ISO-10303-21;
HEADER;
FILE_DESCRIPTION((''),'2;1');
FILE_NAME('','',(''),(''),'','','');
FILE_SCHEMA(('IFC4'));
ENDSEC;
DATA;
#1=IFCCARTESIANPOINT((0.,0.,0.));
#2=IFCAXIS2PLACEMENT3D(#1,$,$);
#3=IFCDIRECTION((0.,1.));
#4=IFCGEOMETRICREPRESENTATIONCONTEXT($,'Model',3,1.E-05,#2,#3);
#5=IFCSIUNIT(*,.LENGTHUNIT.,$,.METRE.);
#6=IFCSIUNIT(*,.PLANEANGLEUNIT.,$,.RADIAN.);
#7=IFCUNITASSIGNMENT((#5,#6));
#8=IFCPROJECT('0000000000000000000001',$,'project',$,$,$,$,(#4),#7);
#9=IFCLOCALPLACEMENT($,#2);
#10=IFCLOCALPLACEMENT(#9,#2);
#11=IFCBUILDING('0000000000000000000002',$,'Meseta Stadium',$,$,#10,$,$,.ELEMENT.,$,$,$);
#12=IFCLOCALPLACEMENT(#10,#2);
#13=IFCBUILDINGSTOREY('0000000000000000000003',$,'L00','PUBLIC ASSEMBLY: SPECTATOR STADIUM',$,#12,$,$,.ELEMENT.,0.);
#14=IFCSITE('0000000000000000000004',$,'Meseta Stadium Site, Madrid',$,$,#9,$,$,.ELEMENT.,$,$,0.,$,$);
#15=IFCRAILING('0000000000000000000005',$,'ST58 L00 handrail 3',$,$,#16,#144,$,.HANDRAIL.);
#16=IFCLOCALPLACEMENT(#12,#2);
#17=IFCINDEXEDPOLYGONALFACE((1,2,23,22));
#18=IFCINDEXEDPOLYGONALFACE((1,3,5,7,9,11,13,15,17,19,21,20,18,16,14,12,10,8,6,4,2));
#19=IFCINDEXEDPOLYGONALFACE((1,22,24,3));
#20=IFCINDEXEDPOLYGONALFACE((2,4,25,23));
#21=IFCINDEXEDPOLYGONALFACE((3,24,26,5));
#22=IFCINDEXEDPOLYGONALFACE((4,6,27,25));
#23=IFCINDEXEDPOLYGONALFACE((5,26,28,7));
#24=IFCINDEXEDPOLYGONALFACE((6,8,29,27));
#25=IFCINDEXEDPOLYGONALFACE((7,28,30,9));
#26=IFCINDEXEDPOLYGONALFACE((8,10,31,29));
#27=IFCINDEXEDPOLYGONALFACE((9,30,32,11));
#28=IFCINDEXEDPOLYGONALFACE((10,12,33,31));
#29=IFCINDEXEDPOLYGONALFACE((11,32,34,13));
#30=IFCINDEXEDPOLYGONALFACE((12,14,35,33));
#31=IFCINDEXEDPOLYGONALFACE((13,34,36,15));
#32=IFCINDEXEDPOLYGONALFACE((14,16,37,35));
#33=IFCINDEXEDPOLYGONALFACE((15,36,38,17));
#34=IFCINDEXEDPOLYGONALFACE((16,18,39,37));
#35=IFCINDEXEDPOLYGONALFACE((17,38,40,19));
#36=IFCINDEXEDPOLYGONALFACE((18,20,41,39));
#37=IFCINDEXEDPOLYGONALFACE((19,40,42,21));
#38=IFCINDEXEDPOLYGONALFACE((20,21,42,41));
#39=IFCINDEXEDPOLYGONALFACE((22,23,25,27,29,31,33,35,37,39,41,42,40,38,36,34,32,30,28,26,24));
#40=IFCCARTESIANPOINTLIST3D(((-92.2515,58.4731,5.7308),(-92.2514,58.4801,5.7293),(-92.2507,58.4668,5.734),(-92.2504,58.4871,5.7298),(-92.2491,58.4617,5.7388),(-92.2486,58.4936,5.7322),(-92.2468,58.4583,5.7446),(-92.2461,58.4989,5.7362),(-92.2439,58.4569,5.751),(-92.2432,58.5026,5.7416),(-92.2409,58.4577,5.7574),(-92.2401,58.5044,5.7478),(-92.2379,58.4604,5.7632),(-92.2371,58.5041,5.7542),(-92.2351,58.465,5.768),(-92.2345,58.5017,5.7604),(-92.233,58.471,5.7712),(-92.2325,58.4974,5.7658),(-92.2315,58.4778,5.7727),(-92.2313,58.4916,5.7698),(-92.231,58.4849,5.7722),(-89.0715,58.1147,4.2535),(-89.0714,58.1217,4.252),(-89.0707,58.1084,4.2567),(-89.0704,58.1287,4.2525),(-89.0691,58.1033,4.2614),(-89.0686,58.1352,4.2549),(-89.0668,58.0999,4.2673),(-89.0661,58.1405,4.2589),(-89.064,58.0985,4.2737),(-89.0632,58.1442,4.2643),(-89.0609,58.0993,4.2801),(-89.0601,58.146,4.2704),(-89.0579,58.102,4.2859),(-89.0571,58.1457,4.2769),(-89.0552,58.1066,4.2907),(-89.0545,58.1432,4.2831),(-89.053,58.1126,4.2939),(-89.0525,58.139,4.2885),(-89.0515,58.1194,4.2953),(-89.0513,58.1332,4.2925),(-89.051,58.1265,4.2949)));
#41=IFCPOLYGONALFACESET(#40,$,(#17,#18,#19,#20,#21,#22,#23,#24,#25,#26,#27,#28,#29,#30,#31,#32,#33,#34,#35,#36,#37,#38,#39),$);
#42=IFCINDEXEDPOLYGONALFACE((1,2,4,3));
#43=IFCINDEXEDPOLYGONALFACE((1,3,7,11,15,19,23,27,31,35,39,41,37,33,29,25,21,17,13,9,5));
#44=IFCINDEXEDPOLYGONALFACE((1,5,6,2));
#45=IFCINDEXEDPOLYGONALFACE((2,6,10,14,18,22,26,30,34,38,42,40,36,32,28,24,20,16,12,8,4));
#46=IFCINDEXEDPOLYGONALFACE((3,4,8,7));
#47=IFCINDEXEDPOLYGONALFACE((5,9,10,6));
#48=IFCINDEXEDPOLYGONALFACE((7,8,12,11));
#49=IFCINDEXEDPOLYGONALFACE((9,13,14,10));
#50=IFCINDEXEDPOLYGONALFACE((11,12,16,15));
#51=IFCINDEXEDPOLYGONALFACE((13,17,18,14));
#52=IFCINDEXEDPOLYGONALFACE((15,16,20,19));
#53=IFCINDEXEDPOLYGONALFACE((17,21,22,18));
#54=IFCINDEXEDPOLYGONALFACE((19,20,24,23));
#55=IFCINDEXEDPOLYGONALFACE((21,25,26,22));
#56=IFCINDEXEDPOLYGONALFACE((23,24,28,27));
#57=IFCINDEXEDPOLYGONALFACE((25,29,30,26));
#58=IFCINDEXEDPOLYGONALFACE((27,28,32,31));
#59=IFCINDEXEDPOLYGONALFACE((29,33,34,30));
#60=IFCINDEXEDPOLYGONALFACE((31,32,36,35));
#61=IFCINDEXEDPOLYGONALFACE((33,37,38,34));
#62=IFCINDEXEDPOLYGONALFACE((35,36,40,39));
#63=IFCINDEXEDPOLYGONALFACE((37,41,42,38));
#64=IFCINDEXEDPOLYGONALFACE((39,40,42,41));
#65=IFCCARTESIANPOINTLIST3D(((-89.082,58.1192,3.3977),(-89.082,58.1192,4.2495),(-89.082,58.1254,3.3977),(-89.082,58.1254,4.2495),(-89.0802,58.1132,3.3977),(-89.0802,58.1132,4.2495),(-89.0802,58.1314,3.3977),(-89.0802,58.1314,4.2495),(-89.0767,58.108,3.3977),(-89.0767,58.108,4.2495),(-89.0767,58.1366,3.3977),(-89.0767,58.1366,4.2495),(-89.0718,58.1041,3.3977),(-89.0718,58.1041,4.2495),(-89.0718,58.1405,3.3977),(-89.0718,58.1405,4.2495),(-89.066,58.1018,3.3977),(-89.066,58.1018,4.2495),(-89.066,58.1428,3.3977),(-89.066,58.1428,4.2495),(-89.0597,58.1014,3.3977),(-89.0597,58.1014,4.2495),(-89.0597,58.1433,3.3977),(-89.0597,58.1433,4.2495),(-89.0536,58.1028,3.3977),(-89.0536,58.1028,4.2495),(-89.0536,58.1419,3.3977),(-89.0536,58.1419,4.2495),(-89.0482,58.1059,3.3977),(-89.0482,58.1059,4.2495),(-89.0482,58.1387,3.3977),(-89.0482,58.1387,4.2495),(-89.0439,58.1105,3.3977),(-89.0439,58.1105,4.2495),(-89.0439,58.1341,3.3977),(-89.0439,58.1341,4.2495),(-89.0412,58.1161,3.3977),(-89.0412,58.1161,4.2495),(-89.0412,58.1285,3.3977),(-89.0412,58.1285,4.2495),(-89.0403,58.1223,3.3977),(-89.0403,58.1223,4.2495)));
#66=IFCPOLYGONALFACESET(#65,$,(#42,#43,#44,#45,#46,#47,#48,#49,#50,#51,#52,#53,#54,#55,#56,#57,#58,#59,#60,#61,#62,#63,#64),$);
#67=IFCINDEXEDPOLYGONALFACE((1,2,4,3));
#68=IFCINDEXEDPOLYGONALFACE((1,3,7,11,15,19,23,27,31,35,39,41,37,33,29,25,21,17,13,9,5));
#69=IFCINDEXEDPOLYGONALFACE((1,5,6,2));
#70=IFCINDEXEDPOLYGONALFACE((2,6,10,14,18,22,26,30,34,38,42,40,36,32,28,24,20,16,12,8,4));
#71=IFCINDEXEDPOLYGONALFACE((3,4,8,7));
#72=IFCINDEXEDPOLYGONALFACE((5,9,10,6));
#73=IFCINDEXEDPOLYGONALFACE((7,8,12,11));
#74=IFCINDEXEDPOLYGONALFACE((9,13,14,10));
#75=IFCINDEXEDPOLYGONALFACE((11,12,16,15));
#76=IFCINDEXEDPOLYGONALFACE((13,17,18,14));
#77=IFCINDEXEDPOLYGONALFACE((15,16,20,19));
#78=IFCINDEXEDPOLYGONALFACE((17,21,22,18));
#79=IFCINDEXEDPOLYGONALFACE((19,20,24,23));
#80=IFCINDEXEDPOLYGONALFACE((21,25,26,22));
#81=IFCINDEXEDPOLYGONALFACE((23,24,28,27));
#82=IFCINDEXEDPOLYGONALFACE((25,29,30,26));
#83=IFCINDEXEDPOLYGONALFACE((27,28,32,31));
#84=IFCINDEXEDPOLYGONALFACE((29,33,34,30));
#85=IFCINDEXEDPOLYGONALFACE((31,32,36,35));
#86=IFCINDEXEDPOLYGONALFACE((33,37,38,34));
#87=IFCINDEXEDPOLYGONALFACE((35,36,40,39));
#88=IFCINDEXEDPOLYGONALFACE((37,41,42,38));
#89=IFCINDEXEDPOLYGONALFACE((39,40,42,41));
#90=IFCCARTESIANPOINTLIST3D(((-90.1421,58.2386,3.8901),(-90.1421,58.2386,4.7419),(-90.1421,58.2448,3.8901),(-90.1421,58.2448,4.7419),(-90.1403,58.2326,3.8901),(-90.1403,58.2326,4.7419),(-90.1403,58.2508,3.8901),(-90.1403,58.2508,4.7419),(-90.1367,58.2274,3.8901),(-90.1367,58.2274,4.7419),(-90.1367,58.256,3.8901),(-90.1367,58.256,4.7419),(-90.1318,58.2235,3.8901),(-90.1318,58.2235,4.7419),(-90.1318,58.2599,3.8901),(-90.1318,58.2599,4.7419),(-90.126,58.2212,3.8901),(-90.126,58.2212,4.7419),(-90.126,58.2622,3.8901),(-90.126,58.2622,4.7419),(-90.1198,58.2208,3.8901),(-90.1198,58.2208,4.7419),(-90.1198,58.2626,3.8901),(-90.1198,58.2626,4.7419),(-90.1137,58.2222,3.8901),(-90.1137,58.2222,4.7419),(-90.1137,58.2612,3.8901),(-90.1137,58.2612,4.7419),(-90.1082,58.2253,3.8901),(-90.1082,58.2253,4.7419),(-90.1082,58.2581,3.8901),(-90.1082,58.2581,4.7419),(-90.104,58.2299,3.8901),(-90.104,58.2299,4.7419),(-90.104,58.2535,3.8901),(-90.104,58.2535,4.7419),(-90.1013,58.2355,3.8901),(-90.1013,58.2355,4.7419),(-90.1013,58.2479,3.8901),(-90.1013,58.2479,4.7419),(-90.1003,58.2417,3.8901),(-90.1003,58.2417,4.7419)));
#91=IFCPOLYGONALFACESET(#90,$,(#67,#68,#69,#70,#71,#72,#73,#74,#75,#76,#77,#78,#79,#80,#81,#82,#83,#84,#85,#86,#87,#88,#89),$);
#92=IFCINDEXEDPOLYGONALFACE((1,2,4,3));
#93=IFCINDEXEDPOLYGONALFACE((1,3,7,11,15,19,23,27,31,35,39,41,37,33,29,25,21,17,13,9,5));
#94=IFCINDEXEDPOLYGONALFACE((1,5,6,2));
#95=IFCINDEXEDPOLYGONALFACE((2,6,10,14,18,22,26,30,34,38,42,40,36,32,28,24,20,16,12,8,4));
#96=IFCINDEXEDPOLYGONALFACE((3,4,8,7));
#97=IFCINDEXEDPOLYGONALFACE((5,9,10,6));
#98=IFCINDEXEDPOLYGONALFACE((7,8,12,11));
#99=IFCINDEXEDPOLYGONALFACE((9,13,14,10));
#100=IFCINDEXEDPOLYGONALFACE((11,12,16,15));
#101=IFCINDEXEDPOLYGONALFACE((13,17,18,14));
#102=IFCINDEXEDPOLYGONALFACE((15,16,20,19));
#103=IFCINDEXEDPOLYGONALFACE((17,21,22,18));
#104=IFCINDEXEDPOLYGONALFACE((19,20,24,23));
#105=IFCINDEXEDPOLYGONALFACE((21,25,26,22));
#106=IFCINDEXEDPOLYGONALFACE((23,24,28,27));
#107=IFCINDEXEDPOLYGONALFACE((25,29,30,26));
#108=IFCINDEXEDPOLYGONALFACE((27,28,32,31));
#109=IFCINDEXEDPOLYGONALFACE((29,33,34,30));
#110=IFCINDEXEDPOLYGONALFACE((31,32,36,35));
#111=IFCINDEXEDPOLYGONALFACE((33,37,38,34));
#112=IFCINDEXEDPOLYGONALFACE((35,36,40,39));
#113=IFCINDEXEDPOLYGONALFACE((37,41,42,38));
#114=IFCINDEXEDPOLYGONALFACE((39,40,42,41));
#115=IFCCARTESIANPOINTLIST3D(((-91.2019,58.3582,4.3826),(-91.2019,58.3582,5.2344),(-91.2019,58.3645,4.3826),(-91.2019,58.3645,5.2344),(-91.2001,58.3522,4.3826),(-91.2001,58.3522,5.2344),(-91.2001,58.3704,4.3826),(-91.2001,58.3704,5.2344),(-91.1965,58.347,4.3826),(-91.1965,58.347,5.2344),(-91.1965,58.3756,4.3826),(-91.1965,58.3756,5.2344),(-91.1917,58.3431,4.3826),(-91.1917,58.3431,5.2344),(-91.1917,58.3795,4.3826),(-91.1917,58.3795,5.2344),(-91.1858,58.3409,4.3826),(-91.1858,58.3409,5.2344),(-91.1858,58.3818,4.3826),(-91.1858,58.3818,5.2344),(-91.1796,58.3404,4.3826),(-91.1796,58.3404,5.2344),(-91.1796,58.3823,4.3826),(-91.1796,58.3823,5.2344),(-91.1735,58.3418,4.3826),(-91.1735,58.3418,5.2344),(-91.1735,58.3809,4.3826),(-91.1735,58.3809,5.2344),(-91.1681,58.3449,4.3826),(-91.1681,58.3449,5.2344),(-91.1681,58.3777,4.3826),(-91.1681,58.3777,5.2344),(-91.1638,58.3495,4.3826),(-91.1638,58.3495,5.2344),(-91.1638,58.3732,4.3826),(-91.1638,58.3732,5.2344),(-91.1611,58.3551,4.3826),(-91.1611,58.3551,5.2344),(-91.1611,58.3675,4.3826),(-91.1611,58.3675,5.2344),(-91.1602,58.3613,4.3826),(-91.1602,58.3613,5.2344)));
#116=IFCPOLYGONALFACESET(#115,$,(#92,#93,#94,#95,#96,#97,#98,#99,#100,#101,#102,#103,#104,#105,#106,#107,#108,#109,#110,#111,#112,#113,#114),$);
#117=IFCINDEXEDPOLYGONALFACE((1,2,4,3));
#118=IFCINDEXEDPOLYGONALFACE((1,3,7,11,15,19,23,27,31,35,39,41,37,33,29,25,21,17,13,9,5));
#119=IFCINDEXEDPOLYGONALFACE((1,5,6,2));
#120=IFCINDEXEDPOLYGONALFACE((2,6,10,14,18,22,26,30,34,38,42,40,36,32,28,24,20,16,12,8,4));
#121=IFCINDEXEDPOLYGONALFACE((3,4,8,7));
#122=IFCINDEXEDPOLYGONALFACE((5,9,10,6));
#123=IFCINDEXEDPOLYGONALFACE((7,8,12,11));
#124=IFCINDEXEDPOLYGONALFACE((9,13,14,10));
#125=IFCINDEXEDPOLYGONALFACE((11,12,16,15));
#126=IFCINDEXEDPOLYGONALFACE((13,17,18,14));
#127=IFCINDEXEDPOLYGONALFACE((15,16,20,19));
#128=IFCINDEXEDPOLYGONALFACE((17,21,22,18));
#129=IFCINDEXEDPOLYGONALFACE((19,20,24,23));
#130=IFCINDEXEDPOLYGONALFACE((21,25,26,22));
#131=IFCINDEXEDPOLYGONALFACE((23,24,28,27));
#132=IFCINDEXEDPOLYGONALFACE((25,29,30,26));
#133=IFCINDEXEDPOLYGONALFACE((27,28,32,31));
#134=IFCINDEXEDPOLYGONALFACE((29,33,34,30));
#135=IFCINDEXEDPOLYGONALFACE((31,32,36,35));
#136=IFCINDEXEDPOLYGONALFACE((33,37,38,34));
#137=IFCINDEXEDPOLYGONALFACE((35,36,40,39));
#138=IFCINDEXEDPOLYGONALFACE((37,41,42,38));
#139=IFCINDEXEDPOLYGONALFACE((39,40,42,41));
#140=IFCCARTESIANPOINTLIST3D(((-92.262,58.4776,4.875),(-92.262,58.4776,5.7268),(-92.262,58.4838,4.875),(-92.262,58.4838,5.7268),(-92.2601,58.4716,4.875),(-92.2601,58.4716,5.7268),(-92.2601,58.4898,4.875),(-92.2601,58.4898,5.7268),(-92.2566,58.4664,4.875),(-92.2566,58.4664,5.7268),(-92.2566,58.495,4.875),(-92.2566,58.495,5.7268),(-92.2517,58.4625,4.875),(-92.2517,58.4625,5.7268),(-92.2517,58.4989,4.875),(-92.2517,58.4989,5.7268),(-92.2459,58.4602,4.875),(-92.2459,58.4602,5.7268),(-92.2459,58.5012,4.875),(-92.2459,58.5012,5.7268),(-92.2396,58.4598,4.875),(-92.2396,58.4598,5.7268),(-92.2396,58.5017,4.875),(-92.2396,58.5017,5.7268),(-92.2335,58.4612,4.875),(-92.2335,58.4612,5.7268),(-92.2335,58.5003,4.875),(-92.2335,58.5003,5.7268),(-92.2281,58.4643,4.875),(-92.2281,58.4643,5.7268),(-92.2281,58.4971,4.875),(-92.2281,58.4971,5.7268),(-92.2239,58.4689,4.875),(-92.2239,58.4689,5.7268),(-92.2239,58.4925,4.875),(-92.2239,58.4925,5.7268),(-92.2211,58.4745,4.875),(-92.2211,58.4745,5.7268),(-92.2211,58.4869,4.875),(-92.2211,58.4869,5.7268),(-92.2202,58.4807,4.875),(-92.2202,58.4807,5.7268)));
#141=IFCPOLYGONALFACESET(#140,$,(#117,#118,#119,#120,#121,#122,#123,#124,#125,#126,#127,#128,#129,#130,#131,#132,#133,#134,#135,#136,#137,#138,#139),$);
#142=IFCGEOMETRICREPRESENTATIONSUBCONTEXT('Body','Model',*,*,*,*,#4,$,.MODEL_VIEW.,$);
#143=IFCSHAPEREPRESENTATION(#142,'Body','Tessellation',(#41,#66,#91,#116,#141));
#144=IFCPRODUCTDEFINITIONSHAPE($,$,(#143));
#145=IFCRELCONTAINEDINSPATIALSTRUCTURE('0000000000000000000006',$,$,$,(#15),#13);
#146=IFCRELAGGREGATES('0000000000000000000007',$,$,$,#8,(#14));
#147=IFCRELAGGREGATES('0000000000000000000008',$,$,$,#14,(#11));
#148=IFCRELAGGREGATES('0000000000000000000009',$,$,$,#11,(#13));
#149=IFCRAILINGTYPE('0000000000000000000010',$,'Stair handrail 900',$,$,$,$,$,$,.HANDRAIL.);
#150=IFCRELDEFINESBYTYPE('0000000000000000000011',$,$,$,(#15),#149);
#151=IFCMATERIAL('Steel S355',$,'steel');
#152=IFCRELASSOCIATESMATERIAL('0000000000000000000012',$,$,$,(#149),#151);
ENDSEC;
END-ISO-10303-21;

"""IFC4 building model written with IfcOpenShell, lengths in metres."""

from ifc_helpers import new_model, si_unit, direction, frame, origin, origin_2d, place, context, subcontext, project, spatial, circle, extrude, material, type_object, element, save


model = new_model("IFC4")

# Units and contexts
model_context = context("Model", 3, precision=1e-05, world=origin(), true_north=direction((0.0, 1.0)))
body_context = subcontext(model_context, "Body", "Model", "MODEL_VIEW")
ifc_project = project(units=[si_unit("LENGTHUNIT", "METRE"), si_unit("PLANEANGLEUNIT", "RADIAN")], contexts=[model_context])

# Site, building, storey
site_placement = place(None, origin())
site = spatial("IfcSite", under=ifc_project, at=site_placement, Name="Meseta Stadium Site, Madrid", CompositionType="ELEMENT", RefElevation=0.0)
building_placement = place(site_placement, origin())
building = spatial("IfcBuilding", under=site, at=building_placement, Name="Meseta Stadium", CompositionType="ELEMENT")
storey_placement = place(building_placement, origin())
storey = spatial("IfcBuildingStorey", under=building, at=storey_placement, Name="L00", Description="PUBLIC ASSEMBLY: SPECTATOR STADIUM", CompositionType="ELEMENT", Elevation=0.0)

# Railing
ifc_material_1 = material(Name="Steel S355", Category="steel")
railing_type_1 = type_object("IfcRailingType", Name="Stair handrail 900", PredefinedType="HANDRAIL", material=ifc_material_1)
for number, where, name in (
    (1, (-89.0613, 58.1223, 3.3977), "ST58 L00 handrail 3"),
):
    element("IfcRailing", number, at=place(storey_placement, frame(where)), inside=storey, type_object=railing_type_1, Name=name, PredefinedType="HANDRAIL", context=body_context, shape_type="SweptSolid", body=[
        extrude(circle(Radius=0.0239, at=origin_2d()), frame((0.0, 0.0, 0.876), z_axis=(-0.90221, 0.101685, 0.419138), x_axis=(-0.111997, -0.993709, 0.0)), (0.0, 0.0, 1.0), 3.5247),
        extrude(circle(Radius=0.021, at=origin_2d()), origin(), (0.0, 0.0, 1.0), 0.8518),
        extrude(circle(Radius=0.021, at=origin_2d()), frame((-1.0601, 0.1194, 0.4924)), (0.0, 0.0, 1.0), 0.8518),
        extrude(circle(Radius=0.021, at=origin_2d()), frame((-2.1199, 0.239, 0.9849)), (0.0, 0.0, 1.0), 0.8518),
        extrude(circle(Radius=0.021, at=origin_2d()), frame((-3.1799, 0.3584, 1.4773)), (0.0, 0.0, 1.0), 0.8518),
    ])

save(model, "model.ifc")
